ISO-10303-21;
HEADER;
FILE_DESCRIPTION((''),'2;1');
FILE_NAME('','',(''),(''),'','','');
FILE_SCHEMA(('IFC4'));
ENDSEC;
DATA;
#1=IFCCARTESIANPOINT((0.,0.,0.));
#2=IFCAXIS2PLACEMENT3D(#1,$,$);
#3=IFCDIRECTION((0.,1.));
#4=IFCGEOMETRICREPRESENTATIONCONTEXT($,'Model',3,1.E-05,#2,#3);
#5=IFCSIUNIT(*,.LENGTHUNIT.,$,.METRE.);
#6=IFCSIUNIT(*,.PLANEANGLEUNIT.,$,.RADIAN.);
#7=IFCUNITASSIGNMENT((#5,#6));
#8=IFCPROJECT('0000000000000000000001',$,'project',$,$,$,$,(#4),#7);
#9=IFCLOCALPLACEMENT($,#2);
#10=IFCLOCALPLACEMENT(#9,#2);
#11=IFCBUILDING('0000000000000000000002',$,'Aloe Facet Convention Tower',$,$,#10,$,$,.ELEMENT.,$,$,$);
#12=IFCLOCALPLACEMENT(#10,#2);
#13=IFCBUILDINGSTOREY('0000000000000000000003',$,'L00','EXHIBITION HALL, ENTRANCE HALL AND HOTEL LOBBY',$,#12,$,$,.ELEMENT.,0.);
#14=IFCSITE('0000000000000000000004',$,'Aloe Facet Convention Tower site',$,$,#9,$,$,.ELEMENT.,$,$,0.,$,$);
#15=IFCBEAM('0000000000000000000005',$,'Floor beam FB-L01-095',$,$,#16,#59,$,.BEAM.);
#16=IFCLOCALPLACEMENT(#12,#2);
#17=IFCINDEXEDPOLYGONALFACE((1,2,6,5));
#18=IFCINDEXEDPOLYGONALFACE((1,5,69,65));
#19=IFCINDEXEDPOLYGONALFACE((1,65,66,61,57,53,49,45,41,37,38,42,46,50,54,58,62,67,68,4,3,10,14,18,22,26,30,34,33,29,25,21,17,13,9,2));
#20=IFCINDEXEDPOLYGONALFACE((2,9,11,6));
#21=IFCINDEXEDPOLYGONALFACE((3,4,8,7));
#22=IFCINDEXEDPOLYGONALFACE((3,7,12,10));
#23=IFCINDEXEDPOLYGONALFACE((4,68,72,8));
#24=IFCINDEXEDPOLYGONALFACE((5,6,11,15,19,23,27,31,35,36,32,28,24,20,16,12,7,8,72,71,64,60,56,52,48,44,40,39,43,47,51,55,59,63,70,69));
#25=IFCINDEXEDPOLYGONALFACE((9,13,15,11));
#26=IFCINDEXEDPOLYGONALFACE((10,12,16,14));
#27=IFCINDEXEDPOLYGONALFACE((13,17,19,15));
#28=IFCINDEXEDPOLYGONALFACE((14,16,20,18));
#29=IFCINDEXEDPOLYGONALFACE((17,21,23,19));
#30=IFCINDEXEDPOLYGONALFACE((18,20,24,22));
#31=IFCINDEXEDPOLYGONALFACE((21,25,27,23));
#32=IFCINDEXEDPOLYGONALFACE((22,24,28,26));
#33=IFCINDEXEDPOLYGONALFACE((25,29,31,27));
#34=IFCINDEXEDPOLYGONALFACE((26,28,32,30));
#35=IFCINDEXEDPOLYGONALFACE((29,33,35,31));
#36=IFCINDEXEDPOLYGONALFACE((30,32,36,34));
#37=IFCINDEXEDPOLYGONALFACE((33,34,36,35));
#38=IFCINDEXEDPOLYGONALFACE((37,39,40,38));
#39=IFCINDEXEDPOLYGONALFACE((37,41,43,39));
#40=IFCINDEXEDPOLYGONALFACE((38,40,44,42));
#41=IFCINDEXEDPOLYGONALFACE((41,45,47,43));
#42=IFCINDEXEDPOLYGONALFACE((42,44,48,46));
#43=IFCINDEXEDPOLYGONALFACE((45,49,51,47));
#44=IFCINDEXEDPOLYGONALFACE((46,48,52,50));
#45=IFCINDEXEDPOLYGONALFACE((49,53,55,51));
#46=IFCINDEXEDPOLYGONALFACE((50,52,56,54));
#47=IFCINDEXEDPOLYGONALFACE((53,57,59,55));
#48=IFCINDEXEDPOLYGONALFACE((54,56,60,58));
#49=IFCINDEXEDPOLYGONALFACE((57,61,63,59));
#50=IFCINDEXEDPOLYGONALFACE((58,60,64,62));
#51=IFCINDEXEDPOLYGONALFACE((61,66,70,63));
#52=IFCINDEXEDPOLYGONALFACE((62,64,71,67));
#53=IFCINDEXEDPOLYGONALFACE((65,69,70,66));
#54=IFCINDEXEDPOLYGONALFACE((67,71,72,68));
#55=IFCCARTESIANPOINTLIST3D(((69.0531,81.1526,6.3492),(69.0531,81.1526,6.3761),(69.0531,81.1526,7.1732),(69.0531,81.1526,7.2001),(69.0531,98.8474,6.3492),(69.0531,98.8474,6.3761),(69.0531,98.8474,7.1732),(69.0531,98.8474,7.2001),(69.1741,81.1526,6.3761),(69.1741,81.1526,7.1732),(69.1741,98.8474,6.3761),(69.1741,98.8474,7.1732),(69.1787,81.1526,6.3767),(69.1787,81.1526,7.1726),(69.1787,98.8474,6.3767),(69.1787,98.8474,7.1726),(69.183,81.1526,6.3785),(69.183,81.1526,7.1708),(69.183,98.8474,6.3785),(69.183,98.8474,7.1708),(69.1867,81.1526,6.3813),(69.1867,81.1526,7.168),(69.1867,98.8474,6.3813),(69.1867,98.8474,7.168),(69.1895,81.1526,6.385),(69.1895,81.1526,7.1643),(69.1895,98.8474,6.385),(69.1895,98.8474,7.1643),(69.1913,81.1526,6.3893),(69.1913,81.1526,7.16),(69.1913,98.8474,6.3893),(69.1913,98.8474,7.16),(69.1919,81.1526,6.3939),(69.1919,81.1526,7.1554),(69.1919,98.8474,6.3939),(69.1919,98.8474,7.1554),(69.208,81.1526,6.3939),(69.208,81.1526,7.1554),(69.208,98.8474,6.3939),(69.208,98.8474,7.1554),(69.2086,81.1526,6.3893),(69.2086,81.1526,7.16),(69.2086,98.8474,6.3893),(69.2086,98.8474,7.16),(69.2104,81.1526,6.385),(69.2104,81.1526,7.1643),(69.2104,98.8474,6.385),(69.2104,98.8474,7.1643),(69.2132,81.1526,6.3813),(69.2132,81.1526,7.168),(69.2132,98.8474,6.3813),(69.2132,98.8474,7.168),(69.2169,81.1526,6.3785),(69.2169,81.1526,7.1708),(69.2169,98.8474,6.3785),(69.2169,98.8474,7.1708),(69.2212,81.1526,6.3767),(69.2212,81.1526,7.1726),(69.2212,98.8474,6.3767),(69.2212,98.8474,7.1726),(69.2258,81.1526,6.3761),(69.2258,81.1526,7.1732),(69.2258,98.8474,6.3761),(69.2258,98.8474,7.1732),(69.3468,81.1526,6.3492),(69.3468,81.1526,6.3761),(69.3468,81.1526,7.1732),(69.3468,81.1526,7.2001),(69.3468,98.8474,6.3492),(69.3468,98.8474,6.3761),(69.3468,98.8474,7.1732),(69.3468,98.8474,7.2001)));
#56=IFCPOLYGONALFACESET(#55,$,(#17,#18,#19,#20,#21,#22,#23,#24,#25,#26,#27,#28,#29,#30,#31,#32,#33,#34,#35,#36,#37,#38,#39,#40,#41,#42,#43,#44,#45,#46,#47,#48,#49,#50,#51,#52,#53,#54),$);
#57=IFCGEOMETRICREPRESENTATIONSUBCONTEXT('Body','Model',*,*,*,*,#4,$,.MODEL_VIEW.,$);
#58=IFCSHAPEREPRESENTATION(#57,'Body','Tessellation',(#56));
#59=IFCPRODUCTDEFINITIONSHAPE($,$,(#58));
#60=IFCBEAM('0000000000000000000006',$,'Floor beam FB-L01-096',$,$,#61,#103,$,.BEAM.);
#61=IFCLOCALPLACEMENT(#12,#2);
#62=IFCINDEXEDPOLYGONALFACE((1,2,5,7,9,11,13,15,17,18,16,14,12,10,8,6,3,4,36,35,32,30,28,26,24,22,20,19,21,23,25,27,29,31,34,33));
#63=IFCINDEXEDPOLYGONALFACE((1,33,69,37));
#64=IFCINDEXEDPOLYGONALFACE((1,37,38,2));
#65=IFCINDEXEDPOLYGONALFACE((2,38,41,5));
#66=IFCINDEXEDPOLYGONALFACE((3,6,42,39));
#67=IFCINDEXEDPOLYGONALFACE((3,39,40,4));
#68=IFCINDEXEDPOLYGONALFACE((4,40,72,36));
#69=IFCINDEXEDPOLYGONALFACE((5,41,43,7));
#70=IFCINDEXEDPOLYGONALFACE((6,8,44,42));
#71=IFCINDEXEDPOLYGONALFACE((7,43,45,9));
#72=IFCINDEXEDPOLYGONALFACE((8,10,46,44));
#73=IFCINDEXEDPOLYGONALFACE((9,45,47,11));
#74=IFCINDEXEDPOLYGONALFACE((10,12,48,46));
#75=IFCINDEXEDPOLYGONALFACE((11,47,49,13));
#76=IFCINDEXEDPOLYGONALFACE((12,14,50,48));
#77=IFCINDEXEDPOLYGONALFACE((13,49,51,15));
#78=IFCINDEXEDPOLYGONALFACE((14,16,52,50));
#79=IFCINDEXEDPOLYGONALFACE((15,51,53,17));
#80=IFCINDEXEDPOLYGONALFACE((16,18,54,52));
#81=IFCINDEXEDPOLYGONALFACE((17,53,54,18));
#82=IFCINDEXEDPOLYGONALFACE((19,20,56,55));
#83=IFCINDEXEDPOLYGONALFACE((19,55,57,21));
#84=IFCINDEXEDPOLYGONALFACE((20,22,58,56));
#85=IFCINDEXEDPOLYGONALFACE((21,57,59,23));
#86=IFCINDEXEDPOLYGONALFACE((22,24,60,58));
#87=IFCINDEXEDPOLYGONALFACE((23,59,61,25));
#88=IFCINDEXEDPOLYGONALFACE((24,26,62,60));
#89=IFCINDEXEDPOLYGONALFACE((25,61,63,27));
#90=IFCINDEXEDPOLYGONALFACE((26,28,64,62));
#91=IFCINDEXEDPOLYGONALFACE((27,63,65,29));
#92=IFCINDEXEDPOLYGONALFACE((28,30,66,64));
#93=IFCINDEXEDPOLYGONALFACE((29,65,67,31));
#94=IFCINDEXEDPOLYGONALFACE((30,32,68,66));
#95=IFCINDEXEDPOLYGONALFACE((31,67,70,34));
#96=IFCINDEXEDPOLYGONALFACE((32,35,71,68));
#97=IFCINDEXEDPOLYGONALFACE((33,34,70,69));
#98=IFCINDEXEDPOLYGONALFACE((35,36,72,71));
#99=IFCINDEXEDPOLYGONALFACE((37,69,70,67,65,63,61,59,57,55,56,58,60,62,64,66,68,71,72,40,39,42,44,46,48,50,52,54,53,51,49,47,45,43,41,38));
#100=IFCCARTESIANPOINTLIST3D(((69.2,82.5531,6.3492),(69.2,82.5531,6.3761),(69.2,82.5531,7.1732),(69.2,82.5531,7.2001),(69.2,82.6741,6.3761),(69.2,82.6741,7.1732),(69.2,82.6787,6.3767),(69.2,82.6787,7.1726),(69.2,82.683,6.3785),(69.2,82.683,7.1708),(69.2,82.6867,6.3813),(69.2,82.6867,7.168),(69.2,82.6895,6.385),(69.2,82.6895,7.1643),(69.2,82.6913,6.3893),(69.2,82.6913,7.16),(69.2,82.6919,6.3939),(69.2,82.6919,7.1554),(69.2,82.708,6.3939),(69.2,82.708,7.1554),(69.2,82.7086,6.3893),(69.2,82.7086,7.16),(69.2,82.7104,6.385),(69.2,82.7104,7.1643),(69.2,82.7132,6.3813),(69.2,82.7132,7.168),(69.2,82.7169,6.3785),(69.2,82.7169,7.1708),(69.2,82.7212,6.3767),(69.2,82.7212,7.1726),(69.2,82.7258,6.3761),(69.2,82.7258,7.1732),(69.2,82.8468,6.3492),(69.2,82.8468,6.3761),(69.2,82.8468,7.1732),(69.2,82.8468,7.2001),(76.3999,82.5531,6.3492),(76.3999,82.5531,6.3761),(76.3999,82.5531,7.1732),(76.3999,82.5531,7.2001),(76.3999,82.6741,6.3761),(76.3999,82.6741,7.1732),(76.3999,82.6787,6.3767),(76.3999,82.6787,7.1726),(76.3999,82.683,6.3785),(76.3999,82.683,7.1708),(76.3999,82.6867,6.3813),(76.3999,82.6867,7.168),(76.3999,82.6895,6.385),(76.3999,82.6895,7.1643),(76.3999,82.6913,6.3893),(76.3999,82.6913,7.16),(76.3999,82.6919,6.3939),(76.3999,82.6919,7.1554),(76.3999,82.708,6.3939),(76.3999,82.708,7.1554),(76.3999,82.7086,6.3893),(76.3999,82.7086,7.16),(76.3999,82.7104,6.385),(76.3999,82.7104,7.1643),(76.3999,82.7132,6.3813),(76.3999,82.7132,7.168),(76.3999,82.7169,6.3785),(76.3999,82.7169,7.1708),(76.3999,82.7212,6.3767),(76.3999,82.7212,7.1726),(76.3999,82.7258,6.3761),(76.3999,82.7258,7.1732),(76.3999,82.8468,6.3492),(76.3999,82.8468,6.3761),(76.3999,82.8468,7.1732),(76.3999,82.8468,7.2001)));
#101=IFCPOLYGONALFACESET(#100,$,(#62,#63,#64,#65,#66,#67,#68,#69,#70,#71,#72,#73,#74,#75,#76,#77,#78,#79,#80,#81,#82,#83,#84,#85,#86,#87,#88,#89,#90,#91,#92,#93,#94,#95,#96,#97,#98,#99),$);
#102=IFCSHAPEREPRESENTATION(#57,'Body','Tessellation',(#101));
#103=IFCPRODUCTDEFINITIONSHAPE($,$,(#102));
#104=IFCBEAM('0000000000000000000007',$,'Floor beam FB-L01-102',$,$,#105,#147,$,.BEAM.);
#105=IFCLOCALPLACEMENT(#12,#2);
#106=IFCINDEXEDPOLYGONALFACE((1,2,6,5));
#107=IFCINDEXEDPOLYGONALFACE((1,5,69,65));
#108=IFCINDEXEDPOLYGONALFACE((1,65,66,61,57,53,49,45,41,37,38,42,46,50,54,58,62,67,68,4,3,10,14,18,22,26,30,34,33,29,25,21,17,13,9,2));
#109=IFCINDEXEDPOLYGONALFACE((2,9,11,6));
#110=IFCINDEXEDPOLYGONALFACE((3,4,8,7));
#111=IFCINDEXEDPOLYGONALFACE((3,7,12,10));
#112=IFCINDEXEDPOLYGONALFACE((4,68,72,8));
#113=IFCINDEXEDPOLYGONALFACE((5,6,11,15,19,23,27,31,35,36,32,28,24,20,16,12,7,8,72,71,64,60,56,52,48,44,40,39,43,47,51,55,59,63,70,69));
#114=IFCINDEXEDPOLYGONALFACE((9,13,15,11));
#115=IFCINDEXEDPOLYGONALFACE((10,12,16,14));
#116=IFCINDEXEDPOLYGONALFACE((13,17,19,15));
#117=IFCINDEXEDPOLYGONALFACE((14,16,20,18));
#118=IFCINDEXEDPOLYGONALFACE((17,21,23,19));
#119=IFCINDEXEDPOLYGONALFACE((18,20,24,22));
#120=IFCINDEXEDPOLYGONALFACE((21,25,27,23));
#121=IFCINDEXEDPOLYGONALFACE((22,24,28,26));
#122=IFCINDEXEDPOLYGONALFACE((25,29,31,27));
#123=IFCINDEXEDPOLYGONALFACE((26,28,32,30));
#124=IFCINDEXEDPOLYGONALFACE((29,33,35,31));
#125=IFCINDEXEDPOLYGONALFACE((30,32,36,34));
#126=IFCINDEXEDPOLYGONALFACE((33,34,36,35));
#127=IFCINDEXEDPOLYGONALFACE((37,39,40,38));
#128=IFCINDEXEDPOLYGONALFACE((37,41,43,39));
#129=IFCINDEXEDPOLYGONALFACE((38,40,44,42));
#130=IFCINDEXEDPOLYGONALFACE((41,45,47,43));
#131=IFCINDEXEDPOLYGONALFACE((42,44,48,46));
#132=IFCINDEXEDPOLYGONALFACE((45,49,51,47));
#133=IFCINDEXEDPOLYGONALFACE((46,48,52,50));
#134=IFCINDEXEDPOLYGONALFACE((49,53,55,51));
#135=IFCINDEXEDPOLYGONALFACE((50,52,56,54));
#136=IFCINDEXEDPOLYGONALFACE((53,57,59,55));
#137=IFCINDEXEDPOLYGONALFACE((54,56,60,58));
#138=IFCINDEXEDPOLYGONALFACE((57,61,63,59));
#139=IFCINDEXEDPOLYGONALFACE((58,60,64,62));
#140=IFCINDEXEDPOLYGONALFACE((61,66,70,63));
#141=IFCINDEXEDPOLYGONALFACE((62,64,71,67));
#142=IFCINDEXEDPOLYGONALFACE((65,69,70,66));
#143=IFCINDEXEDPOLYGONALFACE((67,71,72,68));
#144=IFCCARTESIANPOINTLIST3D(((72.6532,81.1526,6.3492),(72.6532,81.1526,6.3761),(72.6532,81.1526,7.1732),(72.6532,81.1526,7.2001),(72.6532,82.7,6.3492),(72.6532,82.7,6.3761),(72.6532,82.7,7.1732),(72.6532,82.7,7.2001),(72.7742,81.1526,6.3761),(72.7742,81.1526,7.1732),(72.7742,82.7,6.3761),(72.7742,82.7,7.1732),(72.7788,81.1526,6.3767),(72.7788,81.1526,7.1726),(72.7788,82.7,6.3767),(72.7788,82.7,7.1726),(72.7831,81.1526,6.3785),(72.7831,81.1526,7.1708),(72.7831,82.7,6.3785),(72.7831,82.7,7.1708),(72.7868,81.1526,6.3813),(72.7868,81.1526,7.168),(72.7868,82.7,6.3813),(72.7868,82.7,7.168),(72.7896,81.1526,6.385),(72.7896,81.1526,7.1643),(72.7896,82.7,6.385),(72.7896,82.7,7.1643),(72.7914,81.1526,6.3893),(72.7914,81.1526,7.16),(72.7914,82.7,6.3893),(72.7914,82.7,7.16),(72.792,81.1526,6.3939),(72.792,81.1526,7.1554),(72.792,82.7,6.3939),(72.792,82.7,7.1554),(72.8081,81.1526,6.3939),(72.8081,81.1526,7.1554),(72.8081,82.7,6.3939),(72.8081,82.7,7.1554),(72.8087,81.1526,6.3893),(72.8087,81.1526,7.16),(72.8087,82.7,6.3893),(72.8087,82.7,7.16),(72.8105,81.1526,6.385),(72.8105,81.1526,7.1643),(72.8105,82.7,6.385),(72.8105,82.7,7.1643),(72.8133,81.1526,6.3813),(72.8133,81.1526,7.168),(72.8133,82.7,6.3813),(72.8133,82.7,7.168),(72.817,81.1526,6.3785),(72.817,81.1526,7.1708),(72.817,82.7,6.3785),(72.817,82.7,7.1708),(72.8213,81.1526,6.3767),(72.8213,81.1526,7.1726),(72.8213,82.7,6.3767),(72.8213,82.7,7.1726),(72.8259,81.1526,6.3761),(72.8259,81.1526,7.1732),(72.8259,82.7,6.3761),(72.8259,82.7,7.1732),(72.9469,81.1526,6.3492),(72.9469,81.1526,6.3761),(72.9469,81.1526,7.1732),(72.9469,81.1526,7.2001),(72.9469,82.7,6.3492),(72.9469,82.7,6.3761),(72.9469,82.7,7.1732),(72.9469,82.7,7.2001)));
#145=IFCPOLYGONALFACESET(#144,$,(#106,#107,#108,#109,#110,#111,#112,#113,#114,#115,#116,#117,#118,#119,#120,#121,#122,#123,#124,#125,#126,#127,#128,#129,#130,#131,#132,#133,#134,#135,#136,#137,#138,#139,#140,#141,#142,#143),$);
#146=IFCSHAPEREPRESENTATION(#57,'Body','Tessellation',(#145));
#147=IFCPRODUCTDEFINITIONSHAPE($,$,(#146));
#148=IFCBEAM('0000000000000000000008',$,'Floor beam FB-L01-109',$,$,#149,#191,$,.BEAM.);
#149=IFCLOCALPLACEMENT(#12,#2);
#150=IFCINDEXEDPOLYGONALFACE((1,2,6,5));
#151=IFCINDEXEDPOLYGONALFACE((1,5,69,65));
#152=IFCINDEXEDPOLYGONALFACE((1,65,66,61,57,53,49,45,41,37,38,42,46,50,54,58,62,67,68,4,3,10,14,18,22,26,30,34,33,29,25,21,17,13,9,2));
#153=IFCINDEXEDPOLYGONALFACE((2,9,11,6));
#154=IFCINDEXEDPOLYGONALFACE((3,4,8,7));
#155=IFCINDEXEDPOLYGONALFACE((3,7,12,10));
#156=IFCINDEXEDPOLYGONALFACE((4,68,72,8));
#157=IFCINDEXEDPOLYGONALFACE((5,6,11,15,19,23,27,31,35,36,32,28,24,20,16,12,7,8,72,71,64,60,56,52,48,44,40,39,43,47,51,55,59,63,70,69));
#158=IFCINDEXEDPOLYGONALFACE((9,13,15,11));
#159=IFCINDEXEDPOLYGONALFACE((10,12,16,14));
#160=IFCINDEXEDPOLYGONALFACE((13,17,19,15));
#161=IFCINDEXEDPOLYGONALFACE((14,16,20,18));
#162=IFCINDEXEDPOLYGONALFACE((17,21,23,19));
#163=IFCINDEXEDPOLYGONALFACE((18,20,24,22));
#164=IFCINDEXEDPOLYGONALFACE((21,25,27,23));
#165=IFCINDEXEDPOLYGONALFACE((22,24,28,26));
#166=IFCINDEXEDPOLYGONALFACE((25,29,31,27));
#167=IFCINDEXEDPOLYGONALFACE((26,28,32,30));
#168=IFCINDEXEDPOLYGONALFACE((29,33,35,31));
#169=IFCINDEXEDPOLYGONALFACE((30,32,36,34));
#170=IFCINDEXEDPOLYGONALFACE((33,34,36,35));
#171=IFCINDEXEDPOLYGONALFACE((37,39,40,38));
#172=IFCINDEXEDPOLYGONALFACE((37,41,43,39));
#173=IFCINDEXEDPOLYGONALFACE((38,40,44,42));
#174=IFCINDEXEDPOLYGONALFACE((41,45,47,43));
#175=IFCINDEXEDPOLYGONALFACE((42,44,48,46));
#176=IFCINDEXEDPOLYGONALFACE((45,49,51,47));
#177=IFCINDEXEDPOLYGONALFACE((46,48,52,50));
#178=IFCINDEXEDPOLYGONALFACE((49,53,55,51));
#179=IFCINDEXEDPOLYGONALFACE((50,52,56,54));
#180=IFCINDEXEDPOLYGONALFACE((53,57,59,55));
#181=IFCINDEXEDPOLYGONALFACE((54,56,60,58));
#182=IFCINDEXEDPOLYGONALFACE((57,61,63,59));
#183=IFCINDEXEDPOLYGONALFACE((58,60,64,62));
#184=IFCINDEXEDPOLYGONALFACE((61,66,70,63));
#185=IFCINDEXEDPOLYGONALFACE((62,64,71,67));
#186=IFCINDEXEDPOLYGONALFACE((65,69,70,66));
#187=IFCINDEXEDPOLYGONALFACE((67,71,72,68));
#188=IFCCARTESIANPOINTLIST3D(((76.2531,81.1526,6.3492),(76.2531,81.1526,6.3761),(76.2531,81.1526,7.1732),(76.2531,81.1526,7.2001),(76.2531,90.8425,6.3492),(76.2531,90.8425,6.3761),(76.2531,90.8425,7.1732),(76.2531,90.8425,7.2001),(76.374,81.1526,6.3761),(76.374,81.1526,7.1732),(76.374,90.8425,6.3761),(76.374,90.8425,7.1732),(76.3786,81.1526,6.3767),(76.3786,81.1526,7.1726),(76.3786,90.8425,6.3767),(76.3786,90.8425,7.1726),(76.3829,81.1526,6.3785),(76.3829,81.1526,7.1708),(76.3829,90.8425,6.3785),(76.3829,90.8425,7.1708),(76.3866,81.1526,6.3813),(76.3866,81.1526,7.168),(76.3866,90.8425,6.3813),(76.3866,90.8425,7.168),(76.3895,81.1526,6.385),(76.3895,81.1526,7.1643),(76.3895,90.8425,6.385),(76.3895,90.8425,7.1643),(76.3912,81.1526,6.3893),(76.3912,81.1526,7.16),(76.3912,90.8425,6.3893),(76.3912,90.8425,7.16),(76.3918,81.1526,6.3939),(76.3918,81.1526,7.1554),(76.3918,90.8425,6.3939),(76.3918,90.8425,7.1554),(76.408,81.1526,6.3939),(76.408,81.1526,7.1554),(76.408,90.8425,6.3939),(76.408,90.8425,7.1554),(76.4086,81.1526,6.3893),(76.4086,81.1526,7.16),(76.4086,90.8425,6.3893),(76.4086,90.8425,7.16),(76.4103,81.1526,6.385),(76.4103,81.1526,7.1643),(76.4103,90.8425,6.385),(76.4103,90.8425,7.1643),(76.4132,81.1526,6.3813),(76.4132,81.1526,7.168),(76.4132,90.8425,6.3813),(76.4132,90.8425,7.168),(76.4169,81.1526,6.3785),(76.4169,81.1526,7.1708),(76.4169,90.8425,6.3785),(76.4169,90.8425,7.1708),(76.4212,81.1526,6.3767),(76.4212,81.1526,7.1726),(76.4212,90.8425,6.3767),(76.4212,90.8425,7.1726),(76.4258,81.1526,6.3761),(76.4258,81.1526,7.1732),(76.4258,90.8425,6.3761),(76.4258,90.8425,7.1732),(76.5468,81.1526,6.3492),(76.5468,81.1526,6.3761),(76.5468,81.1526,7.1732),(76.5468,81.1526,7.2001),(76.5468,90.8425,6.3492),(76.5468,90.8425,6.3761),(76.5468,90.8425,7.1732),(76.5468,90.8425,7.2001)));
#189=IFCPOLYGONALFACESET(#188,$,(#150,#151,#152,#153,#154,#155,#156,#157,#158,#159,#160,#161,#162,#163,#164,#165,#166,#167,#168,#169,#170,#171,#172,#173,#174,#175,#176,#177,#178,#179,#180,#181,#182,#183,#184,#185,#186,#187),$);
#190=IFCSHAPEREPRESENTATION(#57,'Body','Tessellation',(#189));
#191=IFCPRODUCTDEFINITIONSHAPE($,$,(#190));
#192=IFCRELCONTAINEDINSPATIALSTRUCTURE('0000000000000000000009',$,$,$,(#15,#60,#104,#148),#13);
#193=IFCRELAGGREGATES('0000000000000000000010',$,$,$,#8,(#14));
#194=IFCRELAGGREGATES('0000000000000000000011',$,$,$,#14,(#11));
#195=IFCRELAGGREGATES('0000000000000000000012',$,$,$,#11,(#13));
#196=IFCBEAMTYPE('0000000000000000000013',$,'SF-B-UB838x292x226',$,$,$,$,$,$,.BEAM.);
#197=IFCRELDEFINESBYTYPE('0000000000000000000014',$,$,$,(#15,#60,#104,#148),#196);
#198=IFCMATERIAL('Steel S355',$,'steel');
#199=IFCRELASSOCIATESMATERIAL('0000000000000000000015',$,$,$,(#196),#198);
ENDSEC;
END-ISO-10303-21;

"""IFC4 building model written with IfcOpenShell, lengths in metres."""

from ifc_helpers import new_model, si_unit, direction, frame, origin, origin_2d, place, context, subcontext, project, spatial, i_section, extrude, material, material_profile, profile_set, type_object, element, save


model = new_model("IFC4")

# Units and contexts
model_context = context("Model", 3, precision=1e-05, world=origin(), true_north=direction((0.0, 1.0)))
body_context = subcontext(model_context, "Body", "Model", "MODEL_VIEW")
ifc_project = project(units=[si_unit("LENGTHUNIT", "METRE"), si_unit("PLANEANGLEUNIT", "RADIAN")], contexts=[model_context])

# Site, building, storey
site_placement = place(None, origin())
site = spatial("IfcSite", under=ifc_project, at=site_placement, Name="Aloe Facet Convention Tower site", CompositionType="ELEMENT", RefElevation=0.0)
building_placement = place(site_placement, origin())
building = spatial("IfcBuilding", under=site, at=building_placement, Name="Aloe Facet Convention Tower", CompositionType="ELEMENT")
storey_placement = place(building_placement, origin())
storey = spatial("IfcBuildingStorey", under=building, at=storey_placement, Name="L00", Description="EXHIBITION HALL, ENTRANCE HALL AND HOTEL LOBBY", CompositionType="ELEMENT", Elevation=0.0)

# Beams
ifc_material_1 = material(Name="Steel S355", Category="steel")
ifc_material_profile_1 = material_profile(ifc_material_1, i_section(OverallWidth=0.2937, OverallDepth=0.8508, WebThickness=0.0161, FlangeThickness=0.0269, FilletRadius=0.0178, at=origin_2d()), Name="UB 838x292x226")
ifc_profile_set_1 = profile_set([ifc_material_profile_1], Name="Steel S355")
beam_type_1 = type_object("IfcBeamType", Name="SF-B-UB838x292x226", PredefinedType="BEAM", material=ifc_profile_set_1)
beam_1_placement = place(storey_placement, frame((69.2, 81.1526, 6.7747), z_axis=(0.0, 1.0, 0.0), x_axis=(-1.0, 0.0, 0.0)))
element("IfcBeam", 1, at=beam_1_placement, inside=storey, type_object=beam_type_1, Name="Floor beam FB-L01-095", PredefinedType="BEAM", context=body_context, shape_type="SweptSolid", body=[
    extrude(i_section(OverallWidth=0.2937, OverallDepth=0.8508, WebThickness=0.0161, FlangeThickness=0.0269, FilletRadius=0.0178, at=origin_2d()), origin(), (0.0, 0.0, 1.0), 17.6948),
])
beam_2_placement = place(storey_placement, frame((69.2, 82.7, 6.7747), z_axis=(1.0, 0.0, 0.0), x_axis=(0.0, 1.0, 0.0)))
element("IfcBeam", 2, at=beam_2_placement, inside=storey, type_object=beam_type_1, Name="Floor beam FB-L01-096", PredefinedType="BEAM", context=body_context, shape_type="SweptSolid", body=[
    extrude(i_section(OverallWidth=0.2937, OverallDepth=0.8508, WebThickness=0.0161, FlangeThickness=0.0269, FilletRadius=0.0178, at=origin_2d()), origin(), (0.0, 0.0, 1.0), 7.2),
])
beam_3_placement = place(storey_placement, frame((72.8, 81.1526, 6.7747), z_axis=(0.0, 1.0, 0.0), x_axis=(-1.0, 0.0, 0.0)))
element("IfcBeam", 3, at=beam_3_placement, inside=storey, type_object=beam_type_1, Name="Floor beam FB-L01-102", PredefinedType="BEAM", context=body_context, shape_type="SweptSolid", body=[
    extrude(i_section(OverallWidth=0.2937, OverallDepth=0.8508, WebThickness=0.0161, FlangeThickness=0.0269, FilletRadius=0.0178, at=origin_2d()), origin(), (0.0, 0.0, 1.0), 1.5474),
])
beam_4_placement = place(storey_placement, frame((76.3999, 81.1526, 6.7747), z_axis=(0.0, 1.0, 0.0), x_axis=(-1.0, 0.0, 0.0)))
element("IfcBeam", 4, at=beam_4_placement, inside=storey, type_object=beam_type_1, Name="Floor beam FB-L01-109", PredefinedType="BEAM", context=body_context, shape_type="SweptSolid", body=[
    extrude(i_section(OverallWidth=0.2937, OverallDepth=0.8508, WebThickness=0.0161, FlangeThickness=0.0269, FilletRadius=0.0178, at=origin_2d()), origin(), (0.0, 0.0, 1.0), 9.6899),
])

save(model, "model.ifc")
